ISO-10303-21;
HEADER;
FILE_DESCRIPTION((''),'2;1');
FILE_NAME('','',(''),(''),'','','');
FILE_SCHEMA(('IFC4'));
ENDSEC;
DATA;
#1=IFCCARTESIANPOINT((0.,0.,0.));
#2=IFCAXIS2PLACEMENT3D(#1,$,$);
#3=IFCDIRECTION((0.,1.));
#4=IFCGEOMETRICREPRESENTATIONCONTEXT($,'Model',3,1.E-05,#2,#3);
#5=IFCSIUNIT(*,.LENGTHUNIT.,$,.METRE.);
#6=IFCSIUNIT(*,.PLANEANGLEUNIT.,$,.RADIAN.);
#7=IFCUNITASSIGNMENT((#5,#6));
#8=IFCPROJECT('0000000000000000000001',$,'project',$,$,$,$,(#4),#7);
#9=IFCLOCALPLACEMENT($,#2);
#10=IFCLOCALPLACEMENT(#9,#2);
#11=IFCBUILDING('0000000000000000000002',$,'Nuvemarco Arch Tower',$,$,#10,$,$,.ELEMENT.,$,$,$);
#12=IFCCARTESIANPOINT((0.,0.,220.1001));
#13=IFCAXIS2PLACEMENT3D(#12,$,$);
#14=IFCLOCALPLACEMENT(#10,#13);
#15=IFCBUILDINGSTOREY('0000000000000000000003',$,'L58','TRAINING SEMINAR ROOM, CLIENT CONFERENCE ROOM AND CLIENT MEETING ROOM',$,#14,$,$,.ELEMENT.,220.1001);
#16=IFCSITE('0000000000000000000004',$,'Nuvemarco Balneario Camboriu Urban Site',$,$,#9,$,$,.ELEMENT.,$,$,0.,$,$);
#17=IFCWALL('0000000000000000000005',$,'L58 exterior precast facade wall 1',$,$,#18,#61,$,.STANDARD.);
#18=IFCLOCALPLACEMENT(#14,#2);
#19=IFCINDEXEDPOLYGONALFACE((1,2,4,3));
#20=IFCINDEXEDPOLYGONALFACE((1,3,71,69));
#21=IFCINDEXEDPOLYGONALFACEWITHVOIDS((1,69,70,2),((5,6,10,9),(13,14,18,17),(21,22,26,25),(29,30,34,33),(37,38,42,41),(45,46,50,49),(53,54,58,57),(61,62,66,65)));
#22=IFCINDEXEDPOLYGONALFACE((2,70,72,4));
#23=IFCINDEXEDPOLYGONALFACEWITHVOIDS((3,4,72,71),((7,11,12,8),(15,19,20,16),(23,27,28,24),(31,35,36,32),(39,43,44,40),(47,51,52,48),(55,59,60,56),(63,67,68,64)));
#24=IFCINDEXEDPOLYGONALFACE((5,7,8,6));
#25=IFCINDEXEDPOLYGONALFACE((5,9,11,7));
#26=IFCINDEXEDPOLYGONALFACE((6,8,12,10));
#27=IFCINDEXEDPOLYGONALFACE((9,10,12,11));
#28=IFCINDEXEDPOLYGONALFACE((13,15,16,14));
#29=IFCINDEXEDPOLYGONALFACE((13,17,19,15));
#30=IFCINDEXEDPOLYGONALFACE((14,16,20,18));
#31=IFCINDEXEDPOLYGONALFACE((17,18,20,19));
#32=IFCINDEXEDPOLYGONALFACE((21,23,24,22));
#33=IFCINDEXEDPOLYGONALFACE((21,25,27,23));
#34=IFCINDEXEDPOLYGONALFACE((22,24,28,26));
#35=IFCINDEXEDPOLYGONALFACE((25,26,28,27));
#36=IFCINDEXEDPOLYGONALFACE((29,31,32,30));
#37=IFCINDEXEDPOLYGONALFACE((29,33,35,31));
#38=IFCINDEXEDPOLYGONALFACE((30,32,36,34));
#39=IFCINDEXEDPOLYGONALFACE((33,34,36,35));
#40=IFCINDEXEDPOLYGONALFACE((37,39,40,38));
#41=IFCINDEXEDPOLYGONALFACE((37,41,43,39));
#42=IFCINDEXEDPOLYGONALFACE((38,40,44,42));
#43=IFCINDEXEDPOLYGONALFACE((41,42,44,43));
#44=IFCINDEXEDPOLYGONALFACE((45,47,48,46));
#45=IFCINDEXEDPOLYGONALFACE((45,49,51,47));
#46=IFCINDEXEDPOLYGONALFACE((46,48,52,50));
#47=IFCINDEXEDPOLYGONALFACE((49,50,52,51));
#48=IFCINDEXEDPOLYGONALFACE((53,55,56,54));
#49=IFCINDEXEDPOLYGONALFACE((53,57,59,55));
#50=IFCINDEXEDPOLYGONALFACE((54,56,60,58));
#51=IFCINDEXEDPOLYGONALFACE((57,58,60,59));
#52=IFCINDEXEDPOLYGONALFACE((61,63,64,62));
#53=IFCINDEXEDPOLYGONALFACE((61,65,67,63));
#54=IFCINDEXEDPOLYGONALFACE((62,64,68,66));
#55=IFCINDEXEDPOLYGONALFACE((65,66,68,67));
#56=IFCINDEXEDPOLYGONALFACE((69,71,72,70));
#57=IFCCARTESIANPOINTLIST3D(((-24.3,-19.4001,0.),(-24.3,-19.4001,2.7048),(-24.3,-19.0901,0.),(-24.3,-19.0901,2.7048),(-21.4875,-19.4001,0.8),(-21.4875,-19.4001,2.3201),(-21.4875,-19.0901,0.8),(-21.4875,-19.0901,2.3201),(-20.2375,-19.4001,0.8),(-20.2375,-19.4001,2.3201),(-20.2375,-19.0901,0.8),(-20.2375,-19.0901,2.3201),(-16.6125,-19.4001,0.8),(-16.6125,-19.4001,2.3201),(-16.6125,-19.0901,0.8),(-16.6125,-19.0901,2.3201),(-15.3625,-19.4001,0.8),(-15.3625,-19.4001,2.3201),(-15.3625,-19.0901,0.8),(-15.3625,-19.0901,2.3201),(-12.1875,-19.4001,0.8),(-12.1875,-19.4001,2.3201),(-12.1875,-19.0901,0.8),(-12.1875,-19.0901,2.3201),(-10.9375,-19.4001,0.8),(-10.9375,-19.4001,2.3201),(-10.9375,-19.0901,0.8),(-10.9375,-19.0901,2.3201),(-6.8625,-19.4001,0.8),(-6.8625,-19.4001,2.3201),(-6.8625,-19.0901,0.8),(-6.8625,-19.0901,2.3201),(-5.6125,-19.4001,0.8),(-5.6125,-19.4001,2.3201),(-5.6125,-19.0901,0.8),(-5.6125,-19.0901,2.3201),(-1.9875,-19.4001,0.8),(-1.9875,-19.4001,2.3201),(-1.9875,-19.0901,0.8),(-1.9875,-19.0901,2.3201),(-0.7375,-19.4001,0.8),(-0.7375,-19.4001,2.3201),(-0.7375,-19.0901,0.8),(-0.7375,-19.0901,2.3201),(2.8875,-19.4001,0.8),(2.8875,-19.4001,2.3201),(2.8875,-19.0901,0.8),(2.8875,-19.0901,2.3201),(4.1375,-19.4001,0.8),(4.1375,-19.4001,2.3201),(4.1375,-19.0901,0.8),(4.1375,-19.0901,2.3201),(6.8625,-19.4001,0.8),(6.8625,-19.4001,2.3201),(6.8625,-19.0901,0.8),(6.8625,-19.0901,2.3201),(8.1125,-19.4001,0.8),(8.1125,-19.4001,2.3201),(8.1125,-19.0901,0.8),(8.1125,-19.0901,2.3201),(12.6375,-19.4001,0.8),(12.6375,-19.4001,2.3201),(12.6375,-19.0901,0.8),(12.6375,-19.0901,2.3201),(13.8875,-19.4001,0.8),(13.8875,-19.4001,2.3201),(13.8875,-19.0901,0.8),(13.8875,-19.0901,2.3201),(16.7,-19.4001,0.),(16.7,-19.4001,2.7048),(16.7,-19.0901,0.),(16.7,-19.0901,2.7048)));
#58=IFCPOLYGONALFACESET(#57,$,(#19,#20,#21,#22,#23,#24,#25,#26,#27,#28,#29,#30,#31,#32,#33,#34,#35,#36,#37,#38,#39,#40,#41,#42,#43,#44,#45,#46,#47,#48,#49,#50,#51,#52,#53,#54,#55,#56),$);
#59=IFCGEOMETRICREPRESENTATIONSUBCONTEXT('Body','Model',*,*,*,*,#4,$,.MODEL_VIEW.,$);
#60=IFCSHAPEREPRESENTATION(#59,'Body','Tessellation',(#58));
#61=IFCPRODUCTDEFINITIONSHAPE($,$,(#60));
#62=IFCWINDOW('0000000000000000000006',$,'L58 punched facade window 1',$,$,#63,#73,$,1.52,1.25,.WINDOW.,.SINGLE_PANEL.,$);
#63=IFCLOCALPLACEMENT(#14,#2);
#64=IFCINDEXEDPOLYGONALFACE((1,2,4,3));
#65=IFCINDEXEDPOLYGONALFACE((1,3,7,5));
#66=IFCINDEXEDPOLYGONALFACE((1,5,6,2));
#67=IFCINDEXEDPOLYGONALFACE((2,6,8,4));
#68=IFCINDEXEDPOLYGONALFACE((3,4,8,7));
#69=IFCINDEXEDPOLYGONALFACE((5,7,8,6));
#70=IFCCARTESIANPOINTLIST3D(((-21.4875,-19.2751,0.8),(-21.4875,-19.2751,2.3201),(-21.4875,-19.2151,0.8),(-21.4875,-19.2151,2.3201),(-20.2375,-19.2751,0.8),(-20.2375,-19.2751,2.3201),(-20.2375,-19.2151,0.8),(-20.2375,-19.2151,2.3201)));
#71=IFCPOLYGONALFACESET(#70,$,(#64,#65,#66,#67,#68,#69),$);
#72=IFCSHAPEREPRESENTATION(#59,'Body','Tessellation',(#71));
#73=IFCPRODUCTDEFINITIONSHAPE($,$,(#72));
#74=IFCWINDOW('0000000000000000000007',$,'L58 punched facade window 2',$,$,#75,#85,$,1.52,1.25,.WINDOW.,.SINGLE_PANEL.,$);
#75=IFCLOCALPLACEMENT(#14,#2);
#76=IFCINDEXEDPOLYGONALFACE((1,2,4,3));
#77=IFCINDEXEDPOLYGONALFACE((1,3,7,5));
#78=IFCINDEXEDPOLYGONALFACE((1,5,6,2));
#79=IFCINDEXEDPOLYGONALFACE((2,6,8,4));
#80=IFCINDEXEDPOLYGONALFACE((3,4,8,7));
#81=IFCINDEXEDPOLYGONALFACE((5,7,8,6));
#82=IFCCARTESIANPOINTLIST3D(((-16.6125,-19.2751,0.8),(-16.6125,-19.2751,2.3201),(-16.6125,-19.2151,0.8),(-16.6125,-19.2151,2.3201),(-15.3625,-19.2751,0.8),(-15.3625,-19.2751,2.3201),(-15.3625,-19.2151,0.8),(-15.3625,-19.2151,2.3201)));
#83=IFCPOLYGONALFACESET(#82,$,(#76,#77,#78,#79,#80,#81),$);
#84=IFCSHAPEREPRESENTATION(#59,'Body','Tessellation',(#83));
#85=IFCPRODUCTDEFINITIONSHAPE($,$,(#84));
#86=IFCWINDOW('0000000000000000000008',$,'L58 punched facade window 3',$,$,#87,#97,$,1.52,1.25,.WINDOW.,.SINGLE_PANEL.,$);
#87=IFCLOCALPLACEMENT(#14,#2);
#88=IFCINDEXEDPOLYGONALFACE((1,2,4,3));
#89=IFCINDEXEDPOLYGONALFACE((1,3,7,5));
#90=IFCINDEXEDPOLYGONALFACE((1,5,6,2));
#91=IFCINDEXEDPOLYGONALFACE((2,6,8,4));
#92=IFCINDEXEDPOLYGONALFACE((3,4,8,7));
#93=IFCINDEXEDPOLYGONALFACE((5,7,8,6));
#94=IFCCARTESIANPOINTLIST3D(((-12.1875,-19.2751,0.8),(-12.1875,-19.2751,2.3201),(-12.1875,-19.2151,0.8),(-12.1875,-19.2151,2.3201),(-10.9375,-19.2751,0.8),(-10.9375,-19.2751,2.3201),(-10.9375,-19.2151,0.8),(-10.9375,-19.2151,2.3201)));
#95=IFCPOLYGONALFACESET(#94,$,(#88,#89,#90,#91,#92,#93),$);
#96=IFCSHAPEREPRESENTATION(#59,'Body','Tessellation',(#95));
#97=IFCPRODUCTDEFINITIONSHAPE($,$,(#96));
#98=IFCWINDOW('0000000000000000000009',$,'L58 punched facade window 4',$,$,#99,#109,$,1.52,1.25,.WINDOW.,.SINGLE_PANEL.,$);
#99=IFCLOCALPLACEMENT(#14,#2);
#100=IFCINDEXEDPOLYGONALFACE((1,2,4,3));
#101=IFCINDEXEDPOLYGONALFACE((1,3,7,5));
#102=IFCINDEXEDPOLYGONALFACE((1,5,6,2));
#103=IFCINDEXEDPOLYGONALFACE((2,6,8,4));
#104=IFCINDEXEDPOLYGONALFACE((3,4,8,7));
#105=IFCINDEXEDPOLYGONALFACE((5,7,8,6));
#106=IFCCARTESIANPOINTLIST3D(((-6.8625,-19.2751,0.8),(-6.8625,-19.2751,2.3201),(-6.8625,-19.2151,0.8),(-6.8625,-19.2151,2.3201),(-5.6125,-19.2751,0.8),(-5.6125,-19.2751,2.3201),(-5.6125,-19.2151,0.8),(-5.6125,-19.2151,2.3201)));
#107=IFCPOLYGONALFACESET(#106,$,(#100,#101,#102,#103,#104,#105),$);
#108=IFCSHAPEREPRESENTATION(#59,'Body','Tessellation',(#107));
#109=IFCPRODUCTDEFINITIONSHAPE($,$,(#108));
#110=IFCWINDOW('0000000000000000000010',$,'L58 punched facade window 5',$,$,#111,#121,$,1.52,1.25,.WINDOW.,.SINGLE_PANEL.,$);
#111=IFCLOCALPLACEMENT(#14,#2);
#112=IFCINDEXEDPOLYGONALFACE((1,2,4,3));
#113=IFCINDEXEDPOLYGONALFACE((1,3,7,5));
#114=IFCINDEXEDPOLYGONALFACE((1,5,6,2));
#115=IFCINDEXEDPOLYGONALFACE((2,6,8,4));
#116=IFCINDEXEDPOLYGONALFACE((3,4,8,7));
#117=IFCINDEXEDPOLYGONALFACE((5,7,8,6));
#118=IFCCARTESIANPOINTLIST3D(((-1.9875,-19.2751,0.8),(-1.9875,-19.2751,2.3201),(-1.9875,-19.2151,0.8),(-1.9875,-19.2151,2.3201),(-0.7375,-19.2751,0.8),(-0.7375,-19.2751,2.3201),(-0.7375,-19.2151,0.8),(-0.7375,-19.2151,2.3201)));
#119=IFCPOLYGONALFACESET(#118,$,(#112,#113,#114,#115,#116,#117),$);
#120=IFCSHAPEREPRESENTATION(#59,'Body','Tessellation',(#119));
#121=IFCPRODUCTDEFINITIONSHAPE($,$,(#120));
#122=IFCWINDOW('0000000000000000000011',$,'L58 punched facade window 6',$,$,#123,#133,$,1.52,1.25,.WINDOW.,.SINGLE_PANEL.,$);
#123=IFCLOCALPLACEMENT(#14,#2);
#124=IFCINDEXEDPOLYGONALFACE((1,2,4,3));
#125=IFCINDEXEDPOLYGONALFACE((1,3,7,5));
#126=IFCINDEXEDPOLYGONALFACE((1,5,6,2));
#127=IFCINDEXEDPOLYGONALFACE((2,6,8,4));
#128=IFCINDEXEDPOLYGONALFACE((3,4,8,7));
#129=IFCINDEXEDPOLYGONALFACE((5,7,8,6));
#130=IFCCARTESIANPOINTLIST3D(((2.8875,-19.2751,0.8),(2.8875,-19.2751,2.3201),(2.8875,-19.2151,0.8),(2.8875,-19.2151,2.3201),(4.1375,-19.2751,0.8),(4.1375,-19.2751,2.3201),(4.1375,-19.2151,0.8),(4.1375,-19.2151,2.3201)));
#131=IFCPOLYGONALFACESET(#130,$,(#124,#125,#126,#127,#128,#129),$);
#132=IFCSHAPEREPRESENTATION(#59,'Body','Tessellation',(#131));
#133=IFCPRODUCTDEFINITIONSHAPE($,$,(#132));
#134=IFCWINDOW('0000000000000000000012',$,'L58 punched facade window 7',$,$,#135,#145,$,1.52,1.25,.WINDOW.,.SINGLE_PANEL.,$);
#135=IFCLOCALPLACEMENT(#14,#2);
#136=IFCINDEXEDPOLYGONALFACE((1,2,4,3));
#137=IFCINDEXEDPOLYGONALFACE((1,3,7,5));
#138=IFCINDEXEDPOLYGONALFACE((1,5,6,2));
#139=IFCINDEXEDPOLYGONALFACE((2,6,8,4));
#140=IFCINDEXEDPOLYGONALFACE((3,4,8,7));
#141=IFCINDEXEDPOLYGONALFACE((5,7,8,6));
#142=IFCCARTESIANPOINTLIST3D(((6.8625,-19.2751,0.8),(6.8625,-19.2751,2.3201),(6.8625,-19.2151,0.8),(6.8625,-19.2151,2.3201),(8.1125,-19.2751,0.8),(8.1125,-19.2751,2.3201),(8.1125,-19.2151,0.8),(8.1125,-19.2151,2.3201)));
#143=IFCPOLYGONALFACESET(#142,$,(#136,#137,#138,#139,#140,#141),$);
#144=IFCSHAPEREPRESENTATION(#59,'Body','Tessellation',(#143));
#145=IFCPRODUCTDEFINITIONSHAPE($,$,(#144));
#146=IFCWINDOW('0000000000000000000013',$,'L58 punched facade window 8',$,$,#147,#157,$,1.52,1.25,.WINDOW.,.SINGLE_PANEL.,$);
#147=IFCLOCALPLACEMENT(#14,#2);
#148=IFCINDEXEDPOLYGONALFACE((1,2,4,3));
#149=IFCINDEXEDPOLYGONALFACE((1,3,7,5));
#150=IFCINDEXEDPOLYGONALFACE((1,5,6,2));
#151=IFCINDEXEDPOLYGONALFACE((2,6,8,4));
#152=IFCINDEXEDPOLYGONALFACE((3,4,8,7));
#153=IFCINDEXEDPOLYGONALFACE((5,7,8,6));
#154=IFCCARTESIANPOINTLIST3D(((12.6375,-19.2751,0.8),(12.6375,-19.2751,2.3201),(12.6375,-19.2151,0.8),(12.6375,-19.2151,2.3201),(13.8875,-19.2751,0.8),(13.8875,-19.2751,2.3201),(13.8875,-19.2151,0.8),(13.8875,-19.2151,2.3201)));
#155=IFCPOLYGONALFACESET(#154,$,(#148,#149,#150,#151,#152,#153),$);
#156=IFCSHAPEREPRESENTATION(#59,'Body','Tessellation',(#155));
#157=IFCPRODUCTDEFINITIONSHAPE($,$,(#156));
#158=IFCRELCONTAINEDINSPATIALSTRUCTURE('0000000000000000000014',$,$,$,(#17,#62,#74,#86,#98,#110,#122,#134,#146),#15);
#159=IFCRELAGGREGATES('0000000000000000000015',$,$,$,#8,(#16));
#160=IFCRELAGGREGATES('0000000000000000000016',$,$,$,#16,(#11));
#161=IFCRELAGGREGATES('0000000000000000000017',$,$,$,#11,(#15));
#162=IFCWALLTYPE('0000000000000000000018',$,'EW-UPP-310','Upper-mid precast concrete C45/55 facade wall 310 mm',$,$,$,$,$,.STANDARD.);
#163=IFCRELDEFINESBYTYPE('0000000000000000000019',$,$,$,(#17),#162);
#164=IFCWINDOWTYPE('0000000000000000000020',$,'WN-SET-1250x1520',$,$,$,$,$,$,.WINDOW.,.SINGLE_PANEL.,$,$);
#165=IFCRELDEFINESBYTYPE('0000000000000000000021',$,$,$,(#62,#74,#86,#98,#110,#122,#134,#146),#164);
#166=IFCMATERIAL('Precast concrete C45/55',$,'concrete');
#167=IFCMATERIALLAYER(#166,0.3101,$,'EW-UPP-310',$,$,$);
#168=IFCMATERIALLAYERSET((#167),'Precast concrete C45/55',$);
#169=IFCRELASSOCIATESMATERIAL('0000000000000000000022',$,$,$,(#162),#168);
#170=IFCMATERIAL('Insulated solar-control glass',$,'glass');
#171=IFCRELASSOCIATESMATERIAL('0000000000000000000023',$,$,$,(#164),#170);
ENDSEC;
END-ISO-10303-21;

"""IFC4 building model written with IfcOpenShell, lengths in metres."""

from ifc_helpers import new_model, si_unit, direction, frame, frame_2d, origin, place, context, subcontext, project, spatial, rectangle, extrude, source, transform, mapped, material, layer, layer_set, type_object, type_shapes, element, fill, save


model = new_model("IFC4")

# Units and contexts
model_context = context("Model", 3, precision=1e-05, world=origin(), true_north=direction((0.0, 1.0)))
body_context = subcontext(model_context, "Body", "Model", "MODEL_VIEW")
ifc_project = project(units=[si_unit("LENGTHUNIT", "METRE"), si_unit("PLANEANGLEUNIT", "RADIAN")], contexts=[model_context])

# Site, building, storey
site_placement = place(None, origin())
site = spatial("IfcSite", under=ifc_project, at=site_placement, Name="Nuvemarco Balneario Camboriu Urban Site", CompositionType="ELEMENT", RefElevation=0.0)
building_placement = place(site_placement, origin())
building = spatial("IfcBuilding", under=site, at=building_placement, Name="Nuvemarco Arch Tower", CompositionType="ELEMENT")
storey_placement = place(building_placement, frame((0.0, 0.0, 220.1001)))
storey = spatial("IfcBuildingStorey", under=building, at=storey_placement, Name="L58", Description="TRAINING SEMINAR ROOM, CLIENT CONFERENCE ROOM AND CLIENT MEETING ROOM", CompositionType="ELEMENT", Elevation=220.1001)

# Wall, openings, windows
ifc_material_1 = material(Name="Precast concrete C45/55", Category="concrete")
ifc_layer_1 = layer(ifc_material_1, 0.3101, Name="EW-UPP-310")
ifc_layer_set_1 = layer_set([ifc_layer_1], Name="Precast concrete C45/55")
wall_type_1 = type_object("IfcWallType", Name="EW-UPP-310", Description="Upper-mid precast concrete C45/55 facade wall 310 mm", PredefinedType="STANDARD", material=ifc_layer_set_1)
wall_1_placement = place(storey_placement, frame((-24.3, -19.2451, 0.0), z_axis=(0.0, 0.0, 1.0), x_axis=(1.0, 0.0, 0.0)))
wall_1 = element("IfcWall", 1, at=wall_1_placement, inside=storey, type_object=wall_type_1, Name="L58 exterior precast facade wall 1", PredefinedType="STANDARD", context=body_context, shape_type="SweptSolid", body=[
    extrude(rectangle(XDim=41.0, YDim=0.3101, at=frame_2d((20.5, 0.0))), origin(), (0.0, 0.0, 1.0), 2.7048),
])
opening_1_placement = place(wall_1_placement, frame((2.8125, 0.0, 0.8)))
opening_1 = element("IfcOpeningElement", 2, at=opening_1_placement, cuts=wall_1, PredefinedType="OPENING", context=body_context, shape_type="SweptSolid", body=[
    extrude(rectangle(XDim=1.25, YDim=1.52, at=frame_2d((0.625, 0.76))), frame((0.0, 0.165, 0.0), z_axis=(0.0, -1.0, 0.0), x_axis=(1.0, 0.0, 0.0)), (0.0, 0.0, 1.0), 0.3301),
])
opening_2_placement = place(wall_1_placement, frame((7.6875, 0.0, 0.8)))
opening_2 = element("IfcOpeningElement", 3, at=opening_2_placement, cuts=wall_1, PredefinedType="OPENING", context=body_context, shape_type="SweptSolid", body=[
    extrude(rectangle(XDim=1.25, YDim=1.52, at=frame_2d((0.625, 0.76))), frame((0.0, 0.165, 0.0), z_axis=(0.0, -1.0, 0.0), x_axis=(1.0, 0.0, 0.0)), (0.0, 0.0, 1.0), 0.3301),
])
opening_3_placement = place(wall_1_placement, frame((12.1125, 0.0, 0.8)))
opening_3 = element("IfcOpeningElement", 4, at=opening_3_placement, cuts=wall_1, PredefinedType="OPENING", context=body_context, shape_type="SweptSolid", body=[
    extrude(rectangle(XDim=1.25, YDim=1.52, at=frame_2d((0.625, 0.76))), frame((0.0, 0.165, 0.0), z_axis=(0.0, -1.0, 0.0), x_axis=(1.0, 0.0, 0.0)), (0.0, 0.0, 1.0), 0.3301),
])
opening_4_placement = place(wall_1_placement, frame((17.4375, 0.0, 0.8)))
opening_4 = element("IfcOpeningElement", 5, at=opening_4_placement, cuts=wall_1, PredefinedType="OPENING", context=body_context, shape_type="SweptSolid", body=[
    extrude(rectangle(XDim=1.25, YDim=1.52, at=frame_2d((0.625, 0.76))), frame((0.0, 0.165, 0.0), z_axis=(0.0, -1.0, 0.0), x_axis=(1.0, 0.0, 0.0)), (0.0, 0.0, 1.0), 0.3301),
])
opening_5_placement = place(wall_1_placement, frame((22.3125, 0.0, 0.8)))
opening_5 = element("IfcOpeningElement", 6, at=opening_5_placement, cuts=wall_1, PredefinedType="OPENING", context=body_context, shape_type="SweptSolid", body=[
    extrude(rectangle(XDim=1.25, YDim=1.52, at=frame_2d((0.625, 0.76))), frame((0.0, 0.165, 0.0), z_axis=(0.0, -1.0, 0.0), x_axis=(1.0, 0.0, 0.0)), (0.0, 0.0, 1.0), 0.3301),
])
opening_6_placement = place(wall_1_placement, frame((27.1875, 0.0, 0.8)))
opening_6 = element("IfcOpeningElement", 7, at=opening_6_placement, cuts=wall_1, PredefinedType="OPENING", context=body_context, shape_type="SweptSolid", body=[
    extrude(rectangle(XDim=1.25, YDim=1.52, at=frame_2d((0.625, 0.76))), frame((0.0, 0.165, 0.0), z_axis=(0.0, -1.0, 0.0), x_axis=(1.0, 0.0, 0.0)), (0.0, 0.0, 1.0), 0.3301),
])
opening_7_placement = place(wall_1_placement, frame((31.1626, 0.0, 0.8)))
opening_7 = element("IfcOpeningElement", 8, at=opening_7_placement, cuts=wall_1, PredefinedType="OPENING", context=body_context, shape_type="SweptSolid", body=[
    extrude(rectangle(XDim=1.25, YDim=1.52, at=frame_2d((0.625, 0.76))), frame((0.0, 0.165, 0.0), z_axis=(0.0, -1.0, 0.0), x_axis=(1.0, 0.0, 0.0)), (0.0, 0.0, 1.0), 0.3301),
])
opening_8_placement = place(wall_1_placement, frame((36.9375, 0.0, 0.8)))
opening_8 = element("IfcOpeningElement", 9, at=opening_8_placement, cuts=wall_1, PredefinedType="OPENING", context=body_context, shape_type="SweptSolid", body=[
    extrude(rectangle(XDim=1.25, YDim=1.52, at=frame_2d((0.625, 0.76))), frame((0.0, 0.165, 0.0), z_axis=(0.0, -1.0, 0.0), x_axis=(1.0, 0.0, 0.0)), (0.0, 0.0, 1.0), 0.3301),
])
ifc_material_2 = material(Name="Insulated solar-control glass", Category="glass")
window_type = type_object("IfcWindowType", Name="WN-SET-1250x1520", PartitioningType="SINGLE_PANEL", PredefinedType="WINDOW", material=ifc_material_2)
shared_shape_1 = source(origin(), body_context, "Body", "SweptSolid", [
    extrude(rectangle(XDim=1.25, YDim=1.52, at=frame_2d((0.625, 0.76))), frame((0.0, 0.03, 0.0), z_axis=(0.0, -1.0, 0.0), x_axis=(1.0, 0.0, 0.0)), (0.0, 0.0, 1.0), 0.0601),
])
type_shapes(window_type, [shared_shape_1])
window_1_placement = place(opening_1_placement, origin())
window_1 = element("IfcWindow", 10, at=window_1_placement, inside=storey, type_object=window_type, Name="L58 punched facade window 1", OverallHeight=1.52, OverallWidth=1.25, PartitioningType="SINGLE_PANEL", PredefinedType="WINDOW", context=body_context, shape_type="MappedRepresentation", body=[
    mapped(shared_shape_1, transform((0.0, 0.0, 0.0), scale=1.0)),
])
fill(opening_1, window_1)
window_2_placement = place(opening_2_placement, origin())
window_2 = element("IfcWindow", 11, at=window_2_placement, inside=storey, type_object=window_type, Name="L58 punched facade window 2", OverallHeight=1.52, OverallWidth=1.25, PartitioningType="SINGLE_PANEL", PredefinedType="WINDOW", context=body_context, shape_type="MappedRepresentation", body=[
    mapped(shared_shape_1, transform((0.0, 0.0, 0.0), scale=1.0)),
])
fill(opening_2, window_2)
window_3_placement = place(opening_3_placement, origin())
window_3 = element("IfcWindow", 12, at=window_3_placement, inside=storey, type_object=window_type, Name="L58 punched facade window 3", OverallHeight=1.52, OverallWidth=1.25, PartitioningType="SINGLE_PANEL", PredefinedType="WINDOW", context=body_context, shape_type="MappedRepresentation", body=[
    mapped(shared_shape_1, transform((0.0, 0.0, 0.0), scale=1.0)),
])
fill(opening_3, window_3)
window_4_placement = place(opening_4_placement, origin())
window_4 = element("IfcWindow", 13, at=window_4_placement, inside=storey, type_object=window_type, Name="L58 punched facade window 4", OverallHeight=1.52, OverallWidth=1.25, PartitioningType="SINGLE_PANEL", PredefinedType="WINDOW", context=body_context, shape_type="MappedRepresentation", body=[
    mapped(shared_shape_1, transform((0.0, 0.0, 0.0), scale=1.0)),
])
fill(opening_4, window_4)
window_5_placement = place(opening_5_placement, origin())
window_5 = element("IfcWindow", 14, at=window_5_placement, inside=storey, type_object=window_type, Name="L58 punched facade window 5", OverallHeight=1.52, OverallWidth=1.25, PartitioningType="SINGLE_PANEL", PredefinedType="WINDOW", context=body_context, shape_type="MappedRepresentation", body=[
    mapped(shared_shape_1, transform((0.0, 0.0, 0.0), scale=1.0)),
])
fill(opening_5, window_5)
window_6_placement = place(opening_6_placement, origin())
window_6 = element("IfcWindow", 15, at=window_6_placement, inside=storey, type_object=window_type, Name="L58 punched facade window 6", OverallHeight=1.52, OverallWidth=1.25, PartitioningType="SINGLE_PANEL", PredefinedType="WINDOW", context=body_context, shape_type="MappedRepresentation", body=[
    mapped(shared_shape_1, transform((0.0, 0.0, 0.0), scale=1.0)),
])
fill(opening_6, window_6)
window_7_placement = place(opening_7_placement, origin())
window_7 = element("IfcWindow", 16, at=window_7_placement, inside=storey, type_object=window_type, Name="L58 punched facade window 7", OverallHeight=1.52, OverallWidth=1.25, PartitioningType="SINGLE_PANEL", PredefinedType="WINDOW", context=body_context, shape_type="MappedRepresentation", body=[
    mapped(shared_shape_1, transform((0.0, 0.0, 0.0), scale=1.0)),
])
fill(opening_7, window_7)
window_8_placement = place(opening_8_placement, origin())
window_8 = element("IfcWindow", 17, at=window_8_placement, inside=storey, type_object=window_type, Name="L58 punched facade window 8", OverallHeight=1.52, OverallWidth=1.25, PartitioningType="SINGLE_PANEL", PredefinedType="WINDOW", context=body_context, shape_type="MappedRepresentation", body=[
    mapped(shared_shape_1, transform((0.0, 0.0, 0.0), scale=1.0)),
])
fill(opening_8, window_8)

save(model, "model.ifc")
